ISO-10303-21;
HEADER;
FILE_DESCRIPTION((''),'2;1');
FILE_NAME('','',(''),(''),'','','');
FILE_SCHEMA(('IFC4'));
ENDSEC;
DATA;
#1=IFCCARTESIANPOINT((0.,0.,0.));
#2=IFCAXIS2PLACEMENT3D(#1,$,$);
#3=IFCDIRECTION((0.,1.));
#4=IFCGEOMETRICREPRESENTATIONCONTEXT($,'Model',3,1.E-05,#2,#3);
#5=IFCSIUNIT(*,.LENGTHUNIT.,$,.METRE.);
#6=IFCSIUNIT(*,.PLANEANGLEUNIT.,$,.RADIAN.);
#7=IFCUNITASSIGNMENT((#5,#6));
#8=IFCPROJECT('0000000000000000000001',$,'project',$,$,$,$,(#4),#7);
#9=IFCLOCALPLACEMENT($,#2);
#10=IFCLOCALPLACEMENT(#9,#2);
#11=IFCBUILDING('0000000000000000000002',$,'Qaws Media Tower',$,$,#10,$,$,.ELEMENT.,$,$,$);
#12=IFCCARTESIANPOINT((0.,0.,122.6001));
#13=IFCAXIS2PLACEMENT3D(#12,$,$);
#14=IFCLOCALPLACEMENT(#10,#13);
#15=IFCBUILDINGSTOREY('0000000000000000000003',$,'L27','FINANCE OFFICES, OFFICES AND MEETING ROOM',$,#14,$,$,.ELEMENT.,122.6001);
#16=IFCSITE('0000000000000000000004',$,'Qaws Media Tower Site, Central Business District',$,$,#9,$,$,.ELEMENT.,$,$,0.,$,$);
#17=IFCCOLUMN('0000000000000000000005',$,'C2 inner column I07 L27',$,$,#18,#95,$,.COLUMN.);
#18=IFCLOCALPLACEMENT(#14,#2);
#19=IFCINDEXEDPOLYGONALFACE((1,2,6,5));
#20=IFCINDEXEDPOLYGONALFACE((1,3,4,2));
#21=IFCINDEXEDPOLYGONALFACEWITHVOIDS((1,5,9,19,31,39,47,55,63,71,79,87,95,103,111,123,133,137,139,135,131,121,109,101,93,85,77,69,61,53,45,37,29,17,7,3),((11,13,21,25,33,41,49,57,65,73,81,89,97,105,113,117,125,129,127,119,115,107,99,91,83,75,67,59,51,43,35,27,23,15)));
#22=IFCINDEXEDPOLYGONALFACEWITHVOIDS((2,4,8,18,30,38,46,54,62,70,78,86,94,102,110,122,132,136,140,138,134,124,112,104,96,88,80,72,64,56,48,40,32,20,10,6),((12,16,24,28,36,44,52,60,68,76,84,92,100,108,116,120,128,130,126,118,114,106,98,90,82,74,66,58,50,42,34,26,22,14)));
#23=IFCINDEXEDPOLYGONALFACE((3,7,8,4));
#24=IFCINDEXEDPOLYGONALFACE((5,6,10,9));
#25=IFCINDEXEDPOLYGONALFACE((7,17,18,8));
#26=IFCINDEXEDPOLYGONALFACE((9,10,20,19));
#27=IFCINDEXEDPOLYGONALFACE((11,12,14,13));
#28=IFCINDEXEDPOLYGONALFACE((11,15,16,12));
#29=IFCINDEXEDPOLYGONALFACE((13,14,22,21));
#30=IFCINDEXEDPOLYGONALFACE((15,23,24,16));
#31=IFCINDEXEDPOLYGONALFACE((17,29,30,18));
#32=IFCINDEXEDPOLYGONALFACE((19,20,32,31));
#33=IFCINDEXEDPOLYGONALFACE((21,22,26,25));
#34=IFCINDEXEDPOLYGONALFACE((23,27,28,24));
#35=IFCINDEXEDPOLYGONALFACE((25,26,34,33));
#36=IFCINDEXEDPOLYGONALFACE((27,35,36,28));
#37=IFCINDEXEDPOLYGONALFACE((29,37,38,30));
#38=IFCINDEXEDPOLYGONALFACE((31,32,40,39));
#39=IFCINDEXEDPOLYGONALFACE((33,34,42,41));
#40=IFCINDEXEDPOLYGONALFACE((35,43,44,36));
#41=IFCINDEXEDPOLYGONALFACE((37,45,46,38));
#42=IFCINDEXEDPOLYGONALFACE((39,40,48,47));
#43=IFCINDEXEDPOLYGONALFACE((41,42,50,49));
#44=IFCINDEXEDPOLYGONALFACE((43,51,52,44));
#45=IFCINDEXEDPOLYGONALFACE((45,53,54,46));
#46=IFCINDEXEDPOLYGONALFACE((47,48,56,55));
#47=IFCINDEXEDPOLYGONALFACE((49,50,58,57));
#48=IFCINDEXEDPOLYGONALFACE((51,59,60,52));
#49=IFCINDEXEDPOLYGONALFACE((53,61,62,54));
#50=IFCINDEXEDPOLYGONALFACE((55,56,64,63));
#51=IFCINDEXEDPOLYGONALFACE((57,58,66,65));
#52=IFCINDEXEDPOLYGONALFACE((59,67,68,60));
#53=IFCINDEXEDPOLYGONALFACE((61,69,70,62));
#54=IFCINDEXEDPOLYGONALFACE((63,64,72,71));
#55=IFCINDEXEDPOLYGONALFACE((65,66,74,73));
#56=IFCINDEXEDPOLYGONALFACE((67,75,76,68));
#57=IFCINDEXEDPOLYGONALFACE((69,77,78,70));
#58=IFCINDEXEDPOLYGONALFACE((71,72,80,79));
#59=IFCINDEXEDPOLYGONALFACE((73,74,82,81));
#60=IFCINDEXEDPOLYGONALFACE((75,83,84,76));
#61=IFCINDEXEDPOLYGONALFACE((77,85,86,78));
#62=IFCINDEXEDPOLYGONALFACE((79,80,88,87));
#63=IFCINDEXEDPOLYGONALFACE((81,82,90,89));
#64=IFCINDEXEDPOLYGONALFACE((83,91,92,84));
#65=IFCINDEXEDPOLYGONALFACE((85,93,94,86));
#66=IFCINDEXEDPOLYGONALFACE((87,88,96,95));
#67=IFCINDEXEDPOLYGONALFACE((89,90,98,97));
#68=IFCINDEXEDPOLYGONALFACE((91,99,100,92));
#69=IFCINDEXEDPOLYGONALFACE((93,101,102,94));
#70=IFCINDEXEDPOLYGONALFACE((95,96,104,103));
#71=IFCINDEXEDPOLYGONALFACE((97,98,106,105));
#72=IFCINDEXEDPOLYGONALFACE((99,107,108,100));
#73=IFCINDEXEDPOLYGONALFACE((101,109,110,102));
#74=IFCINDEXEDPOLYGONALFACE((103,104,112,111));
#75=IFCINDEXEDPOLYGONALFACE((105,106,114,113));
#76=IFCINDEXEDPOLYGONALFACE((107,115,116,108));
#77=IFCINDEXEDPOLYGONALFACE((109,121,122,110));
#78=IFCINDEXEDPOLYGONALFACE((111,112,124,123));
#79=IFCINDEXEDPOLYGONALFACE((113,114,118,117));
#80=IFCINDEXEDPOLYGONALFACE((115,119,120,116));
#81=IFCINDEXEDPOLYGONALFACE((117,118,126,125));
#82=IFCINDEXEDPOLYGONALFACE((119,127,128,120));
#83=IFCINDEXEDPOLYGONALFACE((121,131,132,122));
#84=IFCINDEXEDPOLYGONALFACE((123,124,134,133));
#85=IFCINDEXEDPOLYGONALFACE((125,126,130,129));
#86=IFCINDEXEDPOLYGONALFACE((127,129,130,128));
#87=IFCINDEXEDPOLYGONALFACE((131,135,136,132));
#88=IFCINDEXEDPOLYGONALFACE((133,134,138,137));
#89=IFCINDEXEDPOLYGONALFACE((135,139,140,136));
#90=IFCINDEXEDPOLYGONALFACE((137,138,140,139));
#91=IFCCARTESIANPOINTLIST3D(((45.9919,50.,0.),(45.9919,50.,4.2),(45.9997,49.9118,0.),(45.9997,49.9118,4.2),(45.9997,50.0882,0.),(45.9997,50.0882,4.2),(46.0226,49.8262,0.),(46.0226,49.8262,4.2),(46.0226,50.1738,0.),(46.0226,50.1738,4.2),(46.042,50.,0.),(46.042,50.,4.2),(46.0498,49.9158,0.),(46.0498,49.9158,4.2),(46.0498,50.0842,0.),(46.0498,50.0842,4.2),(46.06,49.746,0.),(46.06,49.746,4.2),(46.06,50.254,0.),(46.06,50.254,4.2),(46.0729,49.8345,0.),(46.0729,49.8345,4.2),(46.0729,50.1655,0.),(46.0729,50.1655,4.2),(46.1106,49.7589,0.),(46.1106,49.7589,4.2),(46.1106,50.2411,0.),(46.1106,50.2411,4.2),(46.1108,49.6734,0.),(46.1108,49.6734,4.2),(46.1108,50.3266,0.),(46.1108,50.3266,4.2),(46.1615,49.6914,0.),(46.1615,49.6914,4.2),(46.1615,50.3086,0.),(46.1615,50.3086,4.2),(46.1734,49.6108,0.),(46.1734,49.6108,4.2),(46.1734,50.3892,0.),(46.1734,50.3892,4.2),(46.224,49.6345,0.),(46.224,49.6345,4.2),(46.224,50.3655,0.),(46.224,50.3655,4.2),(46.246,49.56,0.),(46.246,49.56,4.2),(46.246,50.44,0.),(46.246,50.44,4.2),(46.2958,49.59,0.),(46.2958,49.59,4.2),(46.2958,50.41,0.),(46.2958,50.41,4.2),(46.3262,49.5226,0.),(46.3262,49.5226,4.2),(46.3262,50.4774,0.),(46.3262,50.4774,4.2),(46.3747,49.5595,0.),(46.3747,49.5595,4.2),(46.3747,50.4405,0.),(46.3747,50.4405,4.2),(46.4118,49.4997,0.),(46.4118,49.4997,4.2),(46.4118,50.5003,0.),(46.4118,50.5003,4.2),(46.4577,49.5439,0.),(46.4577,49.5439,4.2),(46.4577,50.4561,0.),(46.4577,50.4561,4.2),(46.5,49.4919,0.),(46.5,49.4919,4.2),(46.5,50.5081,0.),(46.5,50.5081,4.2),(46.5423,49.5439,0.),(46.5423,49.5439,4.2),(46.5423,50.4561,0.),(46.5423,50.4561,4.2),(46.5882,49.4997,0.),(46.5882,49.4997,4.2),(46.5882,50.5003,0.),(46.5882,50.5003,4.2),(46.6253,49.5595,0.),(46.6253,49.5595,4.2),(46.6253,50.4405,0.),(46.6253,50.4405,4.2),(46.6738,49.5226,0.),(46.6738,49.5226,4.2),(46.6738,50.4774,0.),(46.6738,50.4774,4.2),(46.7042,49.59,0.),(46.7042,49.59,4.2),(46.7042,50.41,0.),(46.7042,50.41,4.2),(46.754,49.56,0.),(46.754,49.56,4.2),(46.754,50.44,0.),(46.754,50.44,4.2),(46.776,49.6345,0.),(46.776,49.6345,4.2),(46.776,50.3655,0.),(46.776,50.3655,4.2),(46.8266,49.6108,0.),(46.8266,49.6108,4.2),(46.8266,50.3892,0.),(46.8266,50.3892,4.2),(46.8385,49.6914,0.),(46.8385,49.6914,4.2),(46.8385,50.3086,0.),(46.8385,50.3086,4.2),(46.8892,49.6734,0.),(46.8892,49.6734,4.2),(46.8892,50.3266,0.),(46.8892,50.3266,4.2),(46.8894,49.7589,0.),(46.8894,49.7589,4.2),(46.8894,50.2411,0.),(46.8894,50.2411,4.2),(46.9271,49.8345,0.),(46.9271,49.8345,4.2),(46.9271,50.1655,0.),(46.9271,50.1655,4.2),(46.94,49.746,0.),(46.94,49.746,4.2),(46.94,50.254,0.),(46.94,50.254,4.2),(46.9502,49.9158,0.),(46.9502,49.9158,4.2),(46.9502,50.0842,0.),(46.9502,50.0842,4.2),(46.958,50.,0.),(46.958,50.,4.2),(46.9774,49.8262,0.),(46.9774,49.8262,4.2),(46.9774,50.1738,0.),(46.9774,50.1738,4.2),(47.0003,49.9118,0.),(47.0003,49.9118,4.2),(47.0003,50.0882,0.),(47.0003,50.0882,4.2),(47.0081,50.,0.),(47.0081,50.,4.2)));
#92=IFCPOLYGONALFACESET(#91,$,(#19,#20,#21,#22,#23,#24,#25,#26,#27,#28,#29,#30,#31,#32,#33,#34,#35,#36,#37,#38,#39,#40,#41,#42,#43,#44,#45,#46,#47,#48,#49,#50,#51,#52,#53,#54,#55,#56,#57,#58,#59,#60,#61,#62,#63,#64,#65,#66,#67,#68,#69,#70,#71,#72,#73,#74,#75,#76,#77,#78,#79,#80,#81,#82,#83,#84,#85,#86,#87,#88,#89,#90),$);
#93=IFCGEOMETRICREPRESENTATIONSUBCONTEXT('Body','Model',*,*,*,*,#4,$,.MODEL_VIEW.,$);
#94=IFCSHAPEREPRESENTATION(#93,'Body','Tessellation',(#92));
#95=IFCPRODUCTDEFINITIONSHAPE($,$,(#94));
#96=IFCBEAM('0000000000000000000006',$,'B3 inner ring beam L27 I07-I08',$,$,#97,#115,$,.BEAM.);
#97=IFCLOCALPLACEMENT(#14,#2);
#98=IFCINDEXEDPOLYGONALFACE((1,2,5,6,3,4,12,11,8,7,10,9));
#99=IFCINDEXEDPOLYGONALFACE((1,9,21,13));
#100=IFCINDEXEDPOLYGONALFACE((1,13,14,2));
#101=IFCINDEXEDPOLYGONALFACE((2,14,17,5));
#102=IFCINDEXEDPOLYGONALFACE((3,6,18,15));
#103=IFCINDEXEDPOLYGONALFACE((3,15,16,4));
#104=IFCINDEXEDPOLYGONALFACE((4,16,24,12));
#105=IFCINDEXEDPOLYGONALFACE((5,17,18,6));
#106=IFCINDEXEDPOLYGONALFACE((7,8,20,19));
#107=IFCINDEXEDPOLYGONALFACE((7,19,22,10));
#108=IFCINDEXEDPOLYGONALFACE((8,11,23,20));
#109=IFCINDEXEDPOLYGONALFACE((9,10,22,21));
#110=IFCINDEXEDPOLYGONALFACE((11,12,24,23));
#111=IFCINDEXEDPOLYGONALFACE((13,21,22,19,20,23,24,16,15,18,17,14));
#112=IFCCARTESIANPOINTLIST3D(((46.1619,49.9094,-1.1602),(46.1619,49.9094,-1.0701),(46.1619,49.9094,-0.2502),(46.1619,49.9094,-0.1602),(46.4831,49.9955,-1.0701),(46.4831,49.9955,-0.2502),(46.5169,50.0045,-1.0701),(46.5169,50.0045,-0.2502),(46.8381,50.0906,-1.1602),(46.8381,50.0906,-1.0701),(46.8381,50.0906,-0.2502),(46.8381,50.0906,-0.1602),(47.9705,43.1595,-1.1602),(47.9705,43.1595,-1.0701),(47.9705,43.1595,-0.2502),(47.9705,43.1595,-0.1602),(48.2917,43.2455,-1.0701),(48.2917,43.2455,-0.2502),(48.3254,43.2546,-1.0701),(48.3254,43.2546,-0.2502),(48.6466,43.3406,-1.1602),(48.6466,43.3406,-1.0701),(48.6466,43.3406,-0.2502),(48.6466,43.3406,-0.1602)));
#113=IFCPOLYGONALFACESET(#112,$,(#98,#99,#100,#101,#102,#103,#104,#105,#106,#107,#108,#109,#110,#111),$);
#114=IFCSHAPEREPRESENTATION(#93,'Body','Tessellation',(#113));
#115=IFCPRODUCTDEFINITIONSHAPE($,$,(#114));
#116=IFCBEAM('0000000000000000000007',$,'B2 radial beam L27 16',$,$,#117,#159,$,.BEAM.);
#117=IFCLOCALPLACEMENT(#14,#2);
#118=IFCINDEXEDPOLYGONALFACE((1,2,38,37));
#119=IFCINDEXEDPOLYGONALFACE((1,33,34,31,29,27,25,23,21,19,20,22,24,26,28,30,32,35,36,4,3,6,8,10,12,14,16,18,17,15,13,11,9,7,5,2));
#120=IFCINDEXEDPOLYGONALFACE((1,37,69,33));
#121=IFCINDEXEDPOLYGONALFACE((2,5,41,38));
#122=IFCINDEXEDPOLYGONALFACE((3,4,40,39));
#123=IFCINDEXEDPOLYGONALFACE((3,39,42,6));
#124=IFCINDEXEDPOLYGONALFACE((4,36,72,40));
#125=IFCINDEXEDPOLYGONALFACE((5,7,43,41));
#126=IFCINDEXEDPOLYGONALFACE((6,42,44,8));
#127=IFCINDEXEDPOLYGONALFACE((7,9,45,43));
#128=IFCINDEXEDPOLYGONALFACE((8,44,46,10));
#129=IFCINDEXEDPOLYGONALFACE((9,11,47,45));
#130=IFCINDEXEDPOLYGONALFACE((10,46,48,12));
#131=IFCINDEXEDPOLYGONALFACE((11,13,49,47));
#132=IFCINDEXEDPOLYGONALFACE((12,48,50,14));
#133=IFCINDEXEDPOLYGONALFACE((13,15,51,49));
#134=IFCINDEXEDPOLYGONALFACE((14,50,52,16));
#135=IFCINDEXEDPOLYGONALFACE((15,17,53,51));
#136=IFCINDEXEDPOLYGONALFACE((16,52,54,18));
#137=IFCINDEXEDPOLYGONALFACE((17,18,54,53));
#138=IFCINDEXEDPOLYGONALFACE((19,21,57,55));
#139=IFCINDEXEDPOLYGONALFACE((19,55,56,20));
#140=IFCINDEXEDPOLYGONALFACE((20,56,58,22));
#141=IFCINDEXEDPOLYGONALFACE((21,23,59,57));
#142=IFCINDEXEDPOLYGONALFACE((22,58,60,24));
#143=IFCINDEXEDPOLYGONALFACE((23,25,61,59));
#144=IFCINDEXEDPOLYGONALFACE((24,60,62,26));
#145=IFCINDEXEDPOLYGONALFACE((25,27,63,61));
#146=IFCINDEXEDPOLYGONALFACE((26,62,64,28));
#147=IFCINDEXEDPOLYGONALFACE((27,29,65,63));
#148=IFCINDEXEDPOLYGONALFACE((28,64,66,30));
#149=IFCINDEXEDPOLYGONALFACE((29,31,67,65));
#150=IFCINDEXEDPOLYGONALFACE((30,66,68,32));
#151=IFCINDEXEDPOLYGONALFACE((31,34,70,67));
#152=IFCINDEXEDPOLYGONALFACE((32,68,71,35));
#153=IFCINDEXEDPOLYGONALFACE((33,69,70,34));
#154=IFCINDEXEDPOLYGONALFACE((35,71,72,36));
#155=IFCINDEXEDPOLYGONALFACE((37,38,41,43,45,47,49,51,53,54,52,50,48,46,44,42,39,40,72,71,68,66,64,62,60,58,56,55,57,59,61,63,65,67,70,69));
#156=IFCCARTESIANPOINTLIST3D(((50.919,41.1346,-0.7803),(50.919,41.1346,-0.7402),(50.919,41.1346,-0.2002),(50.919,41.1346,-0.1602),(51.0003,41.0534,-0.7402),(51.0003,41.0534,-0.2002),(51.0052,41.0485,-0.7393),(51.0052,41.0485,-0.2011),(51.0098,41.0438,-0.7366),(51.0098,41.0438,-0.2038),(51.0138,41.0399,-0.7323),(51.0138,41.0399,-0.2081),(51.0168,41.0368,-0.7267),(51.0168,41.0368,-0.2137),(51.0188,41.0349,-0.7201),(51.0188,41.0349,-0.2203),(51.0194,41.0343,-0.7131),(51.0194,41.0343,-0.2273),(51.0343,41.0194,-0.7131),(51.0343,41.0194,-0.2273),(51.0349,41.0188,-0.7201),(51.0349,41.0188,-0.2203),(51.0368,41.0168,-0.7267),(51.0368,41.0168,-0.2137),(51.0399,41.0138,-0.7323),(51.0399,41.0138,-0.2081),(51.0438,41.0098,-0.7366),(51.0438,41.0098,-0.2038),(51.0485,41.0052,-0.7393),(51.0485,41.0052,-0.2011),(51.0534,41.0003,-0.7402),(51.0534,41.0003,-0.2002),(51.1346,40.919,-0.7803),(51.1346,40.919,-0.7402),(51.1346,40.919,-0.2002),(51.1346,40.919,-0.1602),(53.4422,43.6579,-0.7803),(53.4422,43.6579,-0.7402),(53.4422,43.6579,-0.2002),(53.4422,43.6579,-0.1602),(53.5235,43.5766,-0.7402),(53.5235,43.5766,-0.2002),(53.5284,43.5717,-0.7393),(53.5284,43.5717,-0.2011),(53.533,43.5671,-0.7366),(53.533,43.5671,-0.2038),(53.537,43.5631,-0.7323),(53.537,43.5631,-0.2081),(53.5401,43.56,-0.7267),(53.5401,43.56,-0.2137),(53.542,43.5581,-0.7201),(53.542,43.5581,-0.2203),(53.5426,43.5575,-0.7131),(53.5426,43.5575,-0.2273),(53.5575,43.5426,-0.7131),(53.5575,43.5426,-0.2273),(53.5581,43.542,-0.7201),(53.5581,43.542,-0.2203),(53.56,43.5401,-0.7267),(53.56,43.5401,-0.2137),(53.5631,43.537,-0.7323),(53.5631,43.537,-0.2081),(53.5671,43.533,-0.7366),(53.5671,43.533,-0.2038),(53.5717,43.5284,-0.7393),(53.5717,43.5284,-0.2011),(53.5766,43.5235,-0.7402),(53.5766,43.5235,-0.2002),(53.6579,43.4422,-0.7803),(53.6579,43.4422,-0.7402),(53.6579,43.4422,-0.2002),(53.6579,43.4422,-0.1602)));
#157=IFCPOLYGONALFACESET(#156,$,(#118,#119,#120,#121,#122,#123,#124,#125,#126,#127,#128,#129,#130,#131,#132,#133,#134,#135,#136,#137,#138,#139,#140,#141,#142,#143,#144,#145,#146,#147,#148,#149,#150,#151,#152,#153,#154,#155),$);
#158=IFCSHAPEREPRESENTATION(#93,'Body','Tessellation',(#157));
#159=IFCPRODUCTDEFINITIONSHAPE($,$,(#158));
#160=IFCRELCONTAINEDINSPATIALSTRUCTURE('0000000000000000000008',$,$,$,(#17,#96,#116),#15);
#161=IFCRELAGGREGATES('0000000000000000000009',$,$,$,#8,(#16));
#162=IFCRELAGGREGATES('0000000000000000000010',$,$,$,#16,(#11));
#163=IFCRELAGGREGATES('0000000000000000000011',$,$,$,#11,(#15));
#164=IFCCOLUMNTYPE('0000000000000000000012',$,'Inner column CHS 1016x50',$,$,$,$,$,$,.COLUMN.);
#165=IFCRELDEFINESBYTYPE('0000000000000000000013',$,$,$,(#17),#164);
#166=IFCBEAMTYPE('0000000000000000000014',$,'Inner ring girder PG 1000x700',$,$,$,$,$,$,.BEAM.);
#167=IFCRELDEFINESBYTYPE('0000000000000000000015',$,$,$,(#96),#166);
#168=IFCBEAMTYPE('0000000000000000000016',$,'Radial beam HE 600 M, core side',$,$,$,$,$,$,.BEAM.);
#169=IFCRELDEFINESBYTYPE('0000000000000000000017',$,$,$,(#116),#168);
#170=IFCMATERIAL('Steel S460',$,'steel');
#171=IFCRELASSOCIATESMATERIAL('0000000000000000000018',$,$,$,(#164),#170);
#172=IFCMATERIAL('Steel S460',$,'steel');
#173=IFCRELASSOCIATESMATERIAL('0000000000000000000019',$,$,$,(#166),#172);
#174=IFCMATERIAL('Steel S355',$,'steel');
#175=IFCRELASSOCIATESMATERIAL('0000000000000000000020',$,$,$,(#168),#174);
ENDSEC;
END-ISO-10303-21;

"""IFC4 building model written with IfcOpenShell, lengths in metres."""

from ifc_helpers import new_model, si_unit, direction, frame, origin, origin_2d, place, context, subcontext, project, spatial, hollow_circle, i_section, extrude, material, material_profile, profile_set, type_object, element, save


model = new_model("IFC4")

# Units and contexts
model_context = context("Model", 3, precision=1e-05, world=origin(), true_north=direction((0.0, 1.0)))
body_context = subcontext(model_context, "Body", "Model", "MODEL_VIEW")
ifc_project = project(units=[si_unit("LENGTHUNIT", "METRE"), si_unit("PLANEANGLEUNIT", "RADIAN")], contexts=[model_context])

# Site, building, storey
site_placement = place(None, origin())
site = spatial("IfcSite", under=ifc_project, at=site_placement, Name="Qaws Media Tower Site, Central Business District", CompositionType="ELEMENT", RefElevation=0.0)
building_placement = place(site_placement, origin())
building = spatial("IfcBuilding", under=site, at=building_placement, Name="Qaws Media Tower", CompositionType="ELEMENT")
storey_placement = place(building_placement, frame((0.0, 0.0, 122.6001)))
storey = spatial("IfcBuildingStorey", under=building, at=storey_placement, Name="L27", Description="FINANCE OFFICES, OFFICES AND MEETING ROOM", CompositionType="ELEMENT", Elevation=122.6001)

# Column
ifc_material_1 = material(Name="Steel S460", Category="steel")
ifc_material_profile_1 = material_profile(ifc_material_1, hollow_circle(Radius=0.5081, WallThickness=0.05, at=origin_2d()), Name="CHS 1016x50")
ifc_profile_set_1 = profile_set([ifc_material_profile_1], Name="Steel S460")
column_type = type_object("IfcColumnType", Name="Inner column CHS 1016x50", PredefinedType="COLUMN", material=ifc_profile_set_1)
column_placement = place(storey_placement, frame((46.5, 50.0, 0.0), z_axis=(0.0, 0.0, 1.0), x_axis=(1.0, 0.0, 0.0)))
element("IfcColumn", 1, at=column_placement, inside=storey, type_object=column_type, Name="C2 inner column I07 L27", PredefinedType="COLUMN", context=body_context, shape_type="SweptSolid", body=[
    extrude(hollow_circle(Radius=0.5081, WallThickness=0.05, at=origin_2d()), origin(), (0.0, 0.0, 1.0), 4.2),
])

# Beams
ifc_material_2 = material(Name="Steel S460", Category="steel")
ifc_material_profile_2 = material_profile(ifc_material_2, i_section(OverallWidth=0.7, OverallDepth=1.0, WebThickness=0.0349, FlangeThickness=0.0901, at=origin_2d()), Name="PG 1000x700")
ifc_profile_set_2 = profile_set([ifc_material_profile_2], Name="Steel S460")
beam_type_1 = type_object("IfcBeamType", Name="Inner ring girder PG 1000x700", PredefinedType="BEAM", material=ifc_profile_set_2)
beam_1_placement = place(storey_placement, frame((46.5, 50.0, -0.6602), z_axis=(0.258811, -0.965928, 0.0), x_axis=(0.965928, 0.258811, 0.0)))
element("IfcBeam", 2, at=beam_1_placement, inside=storey, type_object=beam_type_1, Name="B3 inner ring beam L27 I07-I08", PredefinedType="BEAM", context=body_context, shape_type="SweptSolid", body=[
    extrude(i_section(OverallWidth=0.7, OverallDepth=1.0, WebThickness=0.0349, FlangeThickness=0.0901, at=origin_2d()), origin(), (0.0, 0.0, 1.0), 6.988),
])
ifc_material_3 = material(Name="Steel S355", Category="steel")
ifc_material_profile_3 = material_profile(ifc_material_3, i_section(OverallWidth=0.3049, OverallDepth=0.6201, WebThickness=0.021, FlangeThickness=0.04, FilletRadius=0.0271, at=origin_2d()), Name="HE 600 M")
ifc_profile_set_3 = profile_set([ifc_material_profile_3], Name="Steel S355")
beam_type_2 = type_object("IfcBeamType", Name="Radial beam HE 600 M, core side", PredefinedType="BEAM", material=ifc_profile_set_3)
beam_2_placement = place(storey_placement, frame((53.55, 43.55, -0.4702), z_axis=(-0.707107, -0.707107, 0.0), x_axis=(0.707107, -0.707107, 0.0)))
element("IfcBeam", 3, at=beam_2_placement, inside=storey, type_object=beam_type_2, Name="B2 radial beam L27 16", PredefinedType="BEAM", context=body_context, shape_type="SweptSolid", body=[
    extrude(i_section(OverallWidth=0.3049, OverallDepth=0.6201, WebThickness=0.021, FlangeThickness=0.04, FilletRadius=0.0271, at=origin_2d()), origin(), (0.0, 0.0, 1.0), 3.5684),
])

save(model, "model.ifc")
